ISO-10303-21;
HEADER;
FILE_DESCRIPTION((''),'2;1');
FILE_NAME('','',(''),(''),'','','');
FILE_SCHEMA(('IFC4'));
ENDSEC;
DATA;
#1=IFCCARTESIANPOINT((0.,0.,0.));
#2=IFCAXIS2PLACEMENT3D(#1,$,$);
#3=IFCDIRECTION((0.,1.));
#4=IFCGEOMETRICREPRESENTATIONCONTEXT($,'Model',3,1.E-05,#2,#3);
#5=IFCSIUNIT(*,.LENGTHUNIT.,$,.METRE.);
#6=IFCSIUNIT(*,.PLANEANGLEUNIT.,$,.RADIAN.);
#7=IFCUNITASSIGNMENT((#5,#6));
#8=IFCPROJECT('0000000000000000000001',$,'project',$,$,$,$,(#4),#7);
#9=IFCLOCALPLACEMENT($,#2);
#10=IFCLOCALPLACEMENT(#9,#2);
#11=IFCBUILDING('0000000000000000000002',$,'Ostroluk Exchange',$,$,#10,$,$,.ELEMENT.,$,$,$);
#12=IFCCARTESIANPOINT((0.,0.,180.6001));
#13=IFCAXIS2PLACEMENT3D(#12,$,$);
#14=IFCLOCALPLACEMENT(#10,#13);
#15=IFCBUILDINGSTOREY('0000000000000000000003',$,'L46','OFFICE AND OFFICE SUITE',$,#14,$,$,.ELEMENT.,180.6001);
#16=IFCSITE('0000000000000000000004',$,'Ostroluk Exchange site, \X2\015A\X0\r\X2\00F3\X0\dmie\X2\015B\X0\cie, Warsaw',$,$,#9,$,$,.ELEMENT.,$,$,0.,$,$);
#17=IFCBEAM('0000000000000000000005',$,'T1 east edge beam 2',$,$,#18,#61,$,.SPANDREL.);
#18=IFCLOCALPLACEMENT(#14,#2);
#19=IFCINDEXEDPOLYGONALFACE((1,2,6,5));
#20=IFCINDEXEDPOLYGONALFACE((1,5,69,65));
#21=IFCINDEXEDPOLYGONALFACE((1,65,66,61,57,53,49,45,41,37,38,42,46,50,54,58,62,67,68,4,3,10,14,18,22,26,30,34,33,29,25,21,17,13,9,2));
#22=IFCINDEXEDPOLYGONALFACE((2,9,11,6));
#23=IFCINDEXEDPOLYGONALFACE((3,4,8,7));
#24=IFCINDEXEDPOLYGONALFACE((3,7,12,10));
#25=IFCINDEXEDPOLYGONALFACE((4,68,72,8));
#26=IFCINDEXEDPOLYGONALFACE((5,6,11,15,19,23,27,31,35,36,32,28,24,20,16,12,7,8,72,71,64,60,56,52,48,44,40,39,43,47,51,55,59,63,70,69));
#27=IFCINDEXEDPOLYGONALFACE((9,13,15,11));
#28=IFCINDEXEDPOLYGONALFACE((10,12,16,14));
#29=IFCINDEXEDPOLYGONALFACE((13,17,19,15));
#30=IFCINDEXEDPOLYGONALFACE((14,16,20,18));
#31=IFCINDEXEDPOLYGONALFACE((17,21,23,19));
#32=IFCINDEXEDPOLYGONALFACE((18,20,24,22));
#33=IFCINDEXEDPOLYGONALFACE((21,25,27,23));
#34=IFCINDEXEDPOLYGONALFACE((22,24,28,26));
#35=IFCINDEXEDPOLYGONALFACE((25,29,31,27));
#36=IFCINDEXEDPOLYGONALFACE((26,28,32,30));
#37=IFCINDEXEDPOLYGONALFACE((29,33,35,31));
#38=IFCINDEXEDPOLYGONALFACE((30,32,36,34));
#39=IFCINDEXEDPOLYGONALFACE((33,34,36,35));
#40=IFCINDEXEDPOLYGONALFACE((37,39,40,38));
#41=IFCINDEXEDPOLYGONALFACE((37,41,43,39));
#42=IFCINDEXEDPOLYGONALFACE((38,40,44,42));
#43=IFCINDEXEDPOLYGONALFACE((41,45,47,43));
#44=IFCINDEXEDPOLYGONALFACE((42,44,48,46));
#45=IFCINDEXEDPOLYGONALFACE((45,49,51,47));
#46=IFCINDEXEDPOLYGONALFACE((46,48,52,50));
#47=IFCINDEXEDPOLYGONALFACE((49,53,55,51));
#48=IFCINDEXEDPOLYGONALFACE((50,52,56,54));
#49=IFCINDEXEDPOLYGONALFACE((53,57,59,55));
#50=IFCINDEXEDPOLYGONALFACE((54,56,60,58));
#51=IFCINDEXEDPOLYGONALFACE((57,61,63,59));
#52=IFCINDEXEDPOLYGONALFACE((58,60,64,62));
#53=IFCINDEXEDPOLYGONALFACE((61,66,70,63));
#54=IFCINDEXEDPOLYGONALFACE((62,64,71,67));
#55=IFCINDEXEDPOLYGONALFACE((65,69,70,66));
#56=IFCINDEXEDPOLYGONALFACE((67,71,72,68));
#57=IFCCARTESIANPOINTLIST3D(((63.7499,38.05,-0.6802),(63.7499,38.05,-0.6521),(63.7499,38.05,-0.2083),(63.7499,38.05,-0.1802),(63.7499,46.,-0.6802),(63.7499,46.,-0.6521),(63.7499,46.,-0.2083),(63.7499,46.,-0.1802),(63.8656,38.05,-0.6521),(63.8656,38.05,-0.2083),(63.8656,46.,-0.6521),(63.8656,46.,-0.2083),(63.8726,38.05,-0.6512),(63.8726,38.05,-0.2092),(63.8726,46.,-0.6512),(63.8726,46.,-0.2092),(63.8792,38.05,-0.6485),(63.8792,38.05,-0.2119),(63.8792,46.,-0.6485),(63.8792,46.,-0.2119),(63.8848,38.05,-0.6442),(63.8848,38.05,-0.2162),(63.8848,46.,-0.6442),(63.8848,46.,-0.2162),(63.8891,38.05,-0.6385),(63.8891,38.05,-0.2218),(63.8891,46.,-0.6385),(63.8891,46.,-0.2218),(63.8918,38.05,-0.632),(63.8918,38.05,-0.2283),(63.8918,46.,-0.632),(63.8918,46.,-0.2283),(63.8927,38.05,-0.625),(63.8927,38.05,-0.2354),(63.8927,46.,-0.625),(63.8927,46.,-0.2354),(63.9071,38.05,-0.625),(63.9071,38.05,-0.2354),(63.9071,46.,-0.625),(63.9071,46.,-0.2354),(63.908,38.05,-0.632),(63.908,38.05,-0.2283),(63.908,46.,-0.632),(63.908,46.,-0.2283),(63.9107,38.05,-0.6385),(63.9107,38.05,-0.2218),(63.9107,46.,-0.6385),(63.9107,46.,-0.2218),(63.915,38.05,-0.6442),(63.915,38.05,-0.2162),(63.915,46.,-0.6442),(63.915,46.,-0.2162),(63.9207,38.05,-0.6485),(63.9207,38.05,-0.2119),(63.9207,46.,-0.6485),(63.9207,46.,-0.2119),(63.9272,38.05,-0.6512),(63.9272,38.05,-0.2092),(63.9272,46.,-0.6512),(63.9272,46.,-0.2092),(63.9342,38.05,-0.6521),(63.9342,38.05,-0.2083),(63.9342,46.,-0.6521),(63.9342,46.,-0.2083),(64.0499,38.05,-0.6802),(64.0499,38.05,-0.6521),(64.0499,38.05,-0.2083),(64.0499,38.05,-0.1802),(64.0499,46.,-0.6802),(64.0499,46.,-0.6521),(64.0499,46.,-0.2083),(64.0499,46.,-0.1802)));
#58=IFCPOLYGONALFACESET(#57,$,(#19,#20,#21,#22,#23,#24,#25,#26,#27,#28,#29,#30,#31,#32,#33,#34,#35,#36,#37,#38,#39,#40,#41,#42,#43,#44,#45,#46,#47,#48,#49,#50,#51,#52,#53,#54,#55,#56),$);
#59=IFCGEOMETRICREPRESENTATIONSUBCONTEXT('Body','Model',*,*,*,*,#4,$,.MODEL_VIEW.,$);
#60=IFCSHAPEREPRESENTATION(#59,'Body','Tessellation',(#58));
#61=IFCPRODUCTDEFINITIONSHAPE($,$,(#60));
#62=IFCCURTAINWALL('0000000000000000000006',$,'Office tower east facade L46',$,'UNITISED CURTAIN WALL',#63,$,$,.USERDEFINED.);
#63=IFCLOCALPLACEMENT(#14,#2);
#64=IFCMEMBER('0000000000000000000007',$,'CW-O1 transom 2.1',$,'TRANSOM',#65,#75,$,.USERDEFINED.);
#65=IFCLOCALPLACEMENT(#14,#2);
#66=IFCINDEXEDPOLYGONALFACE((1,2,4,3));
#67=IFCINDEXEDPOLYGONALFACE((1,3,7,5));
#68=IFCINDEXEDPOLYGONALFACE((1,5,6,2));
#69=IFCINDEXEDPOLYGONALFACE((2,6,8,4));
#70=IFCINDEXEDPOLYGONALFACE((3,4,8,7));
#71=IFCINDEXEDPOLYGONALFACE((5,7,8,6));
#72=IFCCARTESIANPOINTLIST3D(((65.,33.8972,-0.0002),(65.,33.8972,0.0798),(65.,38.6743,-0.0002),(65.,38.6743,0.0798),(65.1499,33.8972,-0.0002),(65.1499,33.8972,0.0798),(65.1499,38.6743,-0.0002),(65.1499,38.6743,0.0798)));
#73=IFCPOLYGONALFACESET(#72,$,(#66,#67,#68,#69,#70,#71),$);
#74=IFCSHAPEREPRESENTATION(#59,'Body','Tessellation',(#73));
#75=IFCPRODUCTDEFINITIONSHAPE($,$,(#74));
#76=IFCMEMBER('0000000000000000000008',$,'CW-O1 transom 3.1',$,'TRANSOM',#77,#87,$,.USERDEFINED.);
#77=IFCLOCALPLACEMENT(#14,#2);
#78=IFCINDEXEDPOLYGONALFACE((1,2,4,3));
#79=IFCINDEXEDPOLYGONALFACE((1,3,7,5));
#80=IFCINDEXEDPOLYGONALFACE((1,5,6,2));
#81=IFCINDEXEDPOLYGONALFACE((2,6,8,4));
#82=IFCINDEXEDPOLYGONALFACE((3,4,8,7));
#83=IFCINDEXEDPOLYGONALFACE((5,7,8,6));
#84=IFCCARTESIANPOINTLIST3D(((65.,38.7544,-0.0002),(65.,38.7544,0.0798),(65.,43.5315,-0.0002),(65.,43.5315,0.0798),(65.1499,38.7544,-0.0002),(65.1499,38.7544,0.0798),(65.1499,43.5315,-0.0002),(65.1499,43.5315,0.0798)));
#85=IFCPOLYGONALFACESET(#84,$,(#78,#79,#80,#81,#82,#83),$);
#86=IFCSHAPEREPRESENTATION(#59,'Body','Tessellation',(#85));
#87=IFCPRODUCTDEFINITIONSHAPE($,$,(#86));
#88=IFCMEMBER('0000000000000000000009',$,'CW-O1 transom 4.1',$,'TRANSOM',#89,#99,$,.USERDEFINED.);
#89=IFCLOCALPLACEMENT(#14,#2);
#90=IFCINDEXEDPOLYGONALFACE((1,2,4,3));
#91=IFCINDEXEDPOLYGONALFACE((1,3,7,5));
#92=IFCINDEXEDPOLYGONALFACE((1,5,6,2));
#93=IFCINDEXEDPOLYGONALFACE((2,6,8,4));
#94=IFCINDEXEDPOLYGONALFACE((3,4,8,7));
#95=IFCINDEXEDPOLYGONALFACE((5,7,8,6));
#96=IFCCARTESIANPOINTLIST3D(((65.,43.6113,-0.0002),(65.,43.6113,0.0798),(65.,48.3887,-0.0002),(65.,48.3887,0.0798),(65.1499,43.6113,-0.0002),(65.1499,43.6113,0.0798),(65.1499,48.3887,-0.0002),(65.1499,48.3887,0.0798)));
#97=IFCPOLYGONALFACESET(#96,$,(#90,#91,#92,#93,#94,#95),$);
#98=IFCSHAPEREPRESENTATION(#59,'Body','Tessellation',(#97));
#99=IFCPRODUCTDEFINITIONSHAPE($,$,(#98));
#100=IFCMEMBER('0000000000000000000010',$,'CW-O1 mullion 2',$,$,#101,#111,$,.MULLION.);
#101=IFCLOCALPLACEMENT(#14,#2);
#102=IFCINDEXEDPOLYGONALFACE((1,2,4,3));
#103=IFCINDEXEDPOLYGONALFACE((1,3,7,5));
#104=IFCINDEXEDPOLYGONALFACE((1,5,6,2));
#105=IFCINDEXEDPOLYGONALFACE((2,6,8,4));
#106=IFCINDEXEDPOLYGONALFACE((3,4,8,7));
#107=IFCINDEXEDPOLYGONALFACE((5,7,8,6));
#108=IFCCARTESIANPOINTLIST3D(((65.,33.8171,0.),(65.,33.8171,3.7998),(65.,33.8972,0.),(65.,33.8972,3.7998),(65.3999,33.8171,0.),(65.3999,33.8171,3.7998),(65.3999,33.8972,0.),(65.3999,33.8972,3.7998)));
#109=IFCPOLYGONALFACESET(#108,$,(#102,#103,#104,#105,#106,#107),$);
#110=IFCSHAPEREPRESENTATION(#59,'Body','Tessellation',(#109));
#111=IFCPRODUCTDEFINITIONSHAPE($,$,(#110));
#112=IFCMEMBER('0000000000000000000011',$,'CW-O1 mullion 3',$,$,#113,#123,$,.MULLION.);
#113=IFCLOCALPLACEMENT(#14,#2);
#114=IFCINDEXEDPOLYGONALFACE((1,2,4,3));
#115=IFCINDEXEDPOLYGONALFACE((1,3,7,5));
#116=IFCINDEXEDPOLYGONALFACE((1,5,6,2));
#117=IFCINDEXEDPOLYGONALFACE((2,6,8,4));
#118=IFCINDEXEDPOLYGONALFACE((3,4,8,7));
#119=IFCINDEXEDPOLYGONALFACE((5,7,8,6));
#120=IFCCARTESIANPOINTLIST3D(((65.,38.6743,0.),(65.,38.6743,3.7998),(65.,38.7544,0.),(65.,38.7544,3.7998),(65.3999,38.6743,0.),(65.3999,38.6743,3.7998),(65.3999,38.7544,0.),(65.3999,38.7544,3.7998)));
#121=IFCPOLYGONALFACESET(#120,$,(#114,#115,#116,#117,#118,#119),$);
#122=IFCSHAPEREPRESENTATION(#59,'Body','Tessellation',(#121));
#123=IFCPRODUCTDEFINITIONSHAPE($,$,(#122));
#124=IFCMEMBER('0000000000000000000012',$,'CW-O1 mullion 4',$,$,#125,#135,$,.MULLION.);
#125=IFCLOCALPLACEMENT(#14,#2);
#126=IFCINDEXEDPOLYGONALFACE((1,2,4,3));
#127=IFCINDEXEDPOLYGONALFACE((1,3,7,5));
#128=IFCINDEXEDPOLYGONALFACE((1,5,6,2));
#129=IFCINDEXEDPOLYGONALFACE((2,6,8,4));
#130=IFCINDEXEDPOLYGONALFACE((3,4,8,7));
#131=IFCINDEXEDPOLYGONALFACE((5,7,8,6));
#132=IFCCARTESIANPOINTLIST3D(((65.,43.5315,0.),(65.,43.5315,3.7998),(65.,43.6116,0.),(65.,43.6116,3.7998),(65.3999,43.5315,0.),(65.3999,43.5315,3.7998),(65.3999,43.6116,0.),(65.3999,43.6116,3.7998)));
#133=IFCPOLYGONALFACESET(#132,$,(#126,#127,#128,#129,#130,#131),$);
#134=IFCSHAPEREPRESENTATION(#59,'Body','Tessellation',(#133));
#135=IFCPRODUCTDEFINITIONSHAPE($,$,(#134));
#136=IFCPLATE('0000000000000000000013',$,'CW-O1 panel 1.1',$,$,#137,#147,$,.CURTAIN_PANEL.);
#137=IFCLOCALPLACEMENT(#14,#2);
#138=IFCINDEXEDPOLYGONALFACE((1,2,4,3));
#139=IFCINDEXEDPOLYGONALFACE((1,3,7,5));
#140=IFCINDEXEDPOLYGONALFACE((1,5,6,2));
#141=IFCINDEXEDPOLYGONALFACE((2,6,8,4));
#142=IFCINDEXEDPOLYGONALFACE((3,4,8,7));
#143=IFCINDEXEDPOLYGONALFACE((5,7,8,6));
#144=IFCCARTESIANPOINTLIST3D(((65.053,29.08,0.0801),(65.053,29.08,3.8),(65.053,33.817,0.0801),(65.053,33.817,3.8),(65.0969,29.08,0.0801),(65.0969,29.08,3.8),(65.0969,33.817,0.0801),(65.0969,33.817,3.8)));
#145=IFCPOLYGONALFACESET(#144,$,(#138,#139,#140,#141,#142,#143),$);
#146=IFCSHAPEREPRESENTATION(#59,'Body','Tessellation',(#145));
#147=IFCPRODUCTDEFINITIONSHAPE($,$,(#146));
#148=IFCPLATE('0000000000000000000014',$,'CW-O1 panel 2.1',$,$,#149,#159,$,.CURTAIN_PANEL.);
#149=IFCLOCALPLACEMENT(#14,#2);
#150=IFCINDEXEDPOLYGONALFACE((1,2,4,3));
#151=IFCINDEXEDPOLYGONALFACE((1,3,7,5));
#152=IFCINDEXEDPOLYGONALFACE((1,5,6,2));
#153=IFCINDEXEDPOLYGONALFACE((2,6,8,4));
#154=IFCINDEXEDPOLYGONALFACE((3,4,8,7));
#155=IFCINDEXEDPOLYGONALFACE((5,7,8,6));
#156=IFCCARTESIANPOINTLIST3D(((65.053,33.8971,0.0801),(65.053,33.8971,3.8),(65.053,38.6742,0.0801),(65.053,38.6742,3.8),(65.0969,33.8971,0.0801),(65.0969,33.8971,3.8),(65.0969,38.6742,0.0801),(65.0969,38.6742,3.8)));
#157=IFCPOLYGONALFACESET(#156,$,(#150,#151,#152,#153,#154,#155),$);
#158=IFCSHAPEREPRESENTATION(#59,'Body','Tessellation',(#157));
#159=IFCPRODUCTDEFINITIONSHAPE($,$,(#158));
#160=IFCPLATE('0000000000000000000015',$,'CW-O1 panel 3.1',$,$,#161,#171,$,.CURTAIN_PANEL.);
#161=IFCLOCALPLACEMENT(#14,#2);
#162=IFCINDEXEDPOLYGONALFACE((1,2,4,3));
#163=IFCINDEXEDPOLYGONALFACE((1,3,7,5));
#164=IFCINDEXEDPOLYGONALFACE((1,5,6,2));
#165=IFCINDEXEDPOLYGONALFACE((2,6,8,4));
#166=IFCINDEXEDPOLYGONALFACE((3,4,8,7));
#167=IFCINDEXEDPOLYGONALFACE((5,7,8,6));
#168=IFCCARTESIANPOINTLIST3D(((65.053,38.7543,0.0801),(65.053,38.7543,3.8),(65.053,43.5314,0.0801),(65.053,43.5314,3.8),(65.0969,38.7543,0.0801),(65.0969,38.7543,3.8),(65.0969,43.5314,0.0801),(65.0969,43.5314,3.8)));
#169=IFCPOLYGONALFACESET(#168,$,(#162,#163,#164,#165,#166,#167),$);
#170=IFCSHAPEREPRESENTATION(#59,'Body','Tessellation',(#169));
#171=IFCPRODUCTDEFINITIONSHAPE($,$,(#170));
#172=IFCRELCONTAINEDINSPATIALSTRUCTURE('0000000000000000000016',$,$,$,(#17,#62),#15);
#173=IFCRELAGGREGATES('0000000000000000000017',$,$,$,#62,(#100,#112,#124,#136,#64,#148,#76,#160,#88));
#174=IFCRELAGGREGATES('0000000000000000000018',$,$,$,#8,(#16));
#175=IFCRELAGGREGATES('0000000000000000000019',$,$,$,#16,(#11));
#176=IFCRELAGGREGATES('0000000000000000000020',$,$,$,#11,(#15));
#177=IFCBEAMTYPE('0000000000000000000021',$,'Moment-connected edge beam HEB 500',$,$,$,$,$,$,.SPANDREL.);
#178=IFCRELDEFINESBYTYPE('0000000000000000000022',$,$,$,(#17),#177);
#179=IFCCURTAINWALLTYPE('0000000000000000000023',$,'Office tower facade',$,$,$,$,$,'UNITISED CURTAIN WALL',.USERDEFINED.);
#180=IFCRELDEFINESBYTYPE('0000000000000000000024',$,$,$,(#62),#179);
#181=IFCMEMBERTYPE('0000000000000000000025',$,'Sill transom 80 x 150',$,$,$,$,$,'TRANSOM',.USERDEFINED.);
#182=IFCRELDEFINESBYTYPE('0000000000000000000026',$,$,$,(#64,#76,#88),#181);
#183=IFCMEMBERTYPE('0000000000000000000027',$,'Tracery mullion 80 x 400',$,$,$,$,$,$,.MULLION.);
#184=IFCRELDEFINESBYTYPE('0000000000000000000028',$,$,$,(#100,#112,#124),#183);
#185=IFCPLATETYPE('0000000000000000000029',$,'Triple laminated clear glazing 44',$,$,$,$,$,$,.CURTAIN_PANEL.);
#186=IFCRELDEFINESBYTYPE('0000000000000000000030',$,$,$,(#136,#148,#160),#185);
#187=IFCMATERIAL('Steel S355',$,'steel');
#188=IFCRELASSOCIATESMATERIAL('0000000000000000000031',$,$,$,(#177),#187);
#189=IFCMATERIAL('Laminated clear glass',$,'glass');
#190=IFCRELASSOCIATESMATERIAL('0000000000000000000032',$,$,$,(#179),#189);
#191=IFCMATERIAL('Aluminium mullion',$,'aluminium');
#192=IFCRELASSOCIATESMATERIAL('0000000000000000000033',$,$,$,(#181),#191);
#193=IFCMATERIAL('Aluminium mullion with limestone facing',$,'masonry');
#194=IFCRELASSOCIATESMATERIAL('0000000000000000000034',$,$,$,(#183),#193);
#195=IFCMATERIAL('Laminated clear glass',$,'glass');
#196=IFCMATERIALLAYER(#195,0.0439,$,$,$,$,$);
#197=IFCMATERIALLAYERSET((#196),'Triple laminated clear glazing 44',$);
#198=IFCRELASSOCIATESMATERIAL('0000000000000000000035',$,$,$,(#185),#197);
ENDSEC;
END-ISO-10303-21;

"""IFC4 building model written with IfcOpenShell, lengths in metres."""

from ifc_helpers import new_model, si_unit, direction, frame, origin, origin_2d, place, context, subcontext, project, spatial, rectangle, i_section, extrude, material, layer, layer_set, material_profile, profile_set, type_object, element, aggregate, save


model = new_model("IFC4")

# Units and contexts
model_context = context("Model", 3, precision=1e-05, world=origin(), true_north=direction((0.0, 1.0)))
body_context = subcontext(model_context, "Body", "Model", "MODEL_VIEW")
ifc_project = project(units=[si_unit("LENGTHUNIT", "METRE"), si_unit("PLANEANGLEUNIT", "RADIAN")], contexts=[model_context])

# Site, building, storey
site_placement = place(None, origin())
site = spatial("IfcSite", under=ifc_project, at=site_placement, Name="Ostroluk Exchange site, Śródmieście, Warsaw", CompositionType="ELEMENT", RefElevation=0.0)
building_placement = place(site_placement, origin())
building = spatial("IfcBuilding", under=site, at=building_placement, Name="Ostroluk Exchange", CompositionType="ELEMENT")
storey_placement = place(building_placement, frame((0.0, 0.0, 180.6001)))
storey = spatial("IfcBuildingStorey", under=building, at=storey_placement, Name="L46", Description="OFFICE AND OFFICE SUITE", CompositionType="ELEMENT", Elevation=180.6001)

# Beam
ifc_material_1 = material(Name="Steel S355", Category="steel")
ifc_material_profile_1 = material_profile(ifc_material_1, i_section(OverallWidth=0.3, OverallDepth=0.5, WebThickness=0.0144, FlangeThickness=0.0281, FilletRadius=0.0271, at=origin_2d()), Name="HEB 500")
ifc_profile_set_1 = profile_set([ifc_material_profile_1], Name="Steel S355")
beam_type_1 = type_object("IfcBeamType", Name="Moment-connected edge beam HEB 500", PredefinedType="SPANDREL", material=ifc_profile_set_1)
beam_1_placement = place(storey_placement, frame((63.8999, 38.05, -0.4302), z_axis=(0.0, 1.0, 0.0), x_axis=(-1.0, 0.0, 0.0)))
element("IfcBeam", 1, at=beam_1_placement, inside=storey, type_object=beam_type_1, Name="T1 east edge beam 2", PredefinedType="SPANDREL", context=body_context, shape_type="SweptSolid", body=[
    extrude(i_section(OverallWidth=0.3, OverallDepth=0.5, WebThickness=0.0144, FlangeThickness=0.0281, FilletRadius=0.0271, at=origin_2d()), origin(), (0.0, 0.0, 1.0), 7.95),
])

# Curtain wall, members, plates
ifc_material_2 = material(Name="Laminated clear glass", Category="glass")
curtain_wall_type = type_object("IfcCurtainWallType", Name="Office tower facade", ElementType="UNITISED CURTAIN WALL", PredefinedType="USERDEFINED", material=ifc_material_2)
curtain_wall_placement = place(storey_placement, origin())
curtain_wall = element("IfcCurtainWall", 2, at=curtain_wall_placement, inside=storey, type_object=curtain_wall_type, Name="Office tower east facade L46", ObjectType="UNITISED CURTAIN WALL", PredefinedType="USERDEFINED")
ifc_material_3 = material(Name="Aluminium mullion", Category="aluminium")
ifc_material_profile_2 = material_profile(ifc_material_3, rectangle(XDim=0.1499, YDim=0.0801, at=origin_2d()), Name="Sill transom 80 x 150")
ifc_profile_set_2 = profile_set([ifc_material_profile_2], Name="Aluminium mullion")
member_type_1 = type_object("IfcMemberType", Name="Sill transom 80 x 150", ElementType="TRANSOM", PredefinedType="USERDEFINED", material=ifc_profile_set_2)
member_1_placement = place(storey_placement, frame((65.075, 33.8972, 0.0398), z_axis=(0.0, 1.0, 0.0), x_axis=(-1.0, 0.0, 0.0)))
member_1 = element("IfcMember", 3, at=member_1_placement, type_object=member_type_1, Name="CW-O1 transom 2.1", ObjectType="TRANSOM", PredefinedType="USERDEFINED", context=body_context, shape_type="SweptSolid", body=[
    extrude(rectangle(XDim=0.1499, YDim=0.0801, at=origin_2d()), origin(), (0.0, 0.0, 1.0), 4.7771),
])
member_2_placement = place(storey_placement, frame((65.075, 38.7544, 0.0398), z_axis=(0.0, 1.0, 0.0), x_axis=(-1.0, 0.0, 0.0)))
member_2 = element("IfcMember", 4, at=member_2_placement, type_object=member_type_1, Name="CW-O1 transom 3.1", ObjectType="TRANSOM", PredefinedType="USERDEFINED", context=body_context, shape_type="SweptSolid", body=[
    extrude(rectangle(XDim=0.1499, YDim=0.0801, at=origin_2d()), origin(), (0.0, 0.0, 1.0), 4.7771),
])
member_3_placement = place(storey_placement, frame((65.075, 43.6113, 0.0398), z_axis=(0.0, 1.0, 0.0), x_axis=(-1.0, 0.0, 0.0)))
member_3 = element("IfcMember", 5, at=member_3_placement, type_object=member_type_1, Name="CW-O1 transom 4.1", ObjectType="TRANSOM", PredefinedType="USERDEFINED", context=body_context, shape_type="SweptSolid", body=[
    extrude(rectangle(XDim=0.1499, YDim=0.0801, at=origin_2d()), origin(), (0.0, 0.0, 1.0), 4.7773),
])
ifc_material_4 = material(Name="Aluminium mullion with limestone facing", Category="masonry")
ifc_material_profile_3 = material_profile(ifc_material_4, rectangle(XDim=0.3999, YDim=0.0801, at=origin_2d()), Name="Tracery mullion 80 x 400")
ifc_profile_set_3 = profile_set([ifc_material_profile_3], Name="Aluminium mullion with limestone facing")
member_type_2 = type_object("IfcMemberType", Name="Tracery mullion 80 x 400", PredefinedType="MULLION", material=ifc_profile_set_3)
member_4_placement = place(storey_placement, frame((65.2, 33.8572, 0.0), z_axis=(0.0, 0.0, 1.0), x_axis=(-1.0, 0.0, 0.0)))
member_4 = element("IfcMember", 6, at=member_4_placement, type_object=member_type_2, Name="CW-O1 mullion 2", PredefinedType="MULLION", context=body_context, shape_type="SweptSolid", body=[
    extrude(rectangle(XDim=0.3999, YDim=0.0801, at=origin_2d()), origin(), (0.0, 0.0, 1.0), 3.7998),
])
member_5_placement = place(storey_placement, frame((65.2, 38.7144, 0.0), z_axis=(0.0, 0.0, 1.0), x_axis=(-1.0, 0.0, 0.0)))
member_5 = element("IfcMember", 7, at=member_5_placement, type_object=member_type_2, Name="CW-O1 mullion 3", PredefinedType="MULLION", context=body_context, shape_type="SweptSolid", body=[
    extrude(rectangle(XDim=0.3999, YDim=0.0801, at=origin_2d()), origin(), (0.0, 0.0, 1.0), 3.7998),
])
member_6_placement = place(storey_placement, frame((65.2, 43.5715, 0.0), z_axis=(0.0, 0.0, 1.0), x_axis=(-1.0, 0.0, 0.0)))
member_6 = element("IfcMember", 8, at=member_6_placement, type_object=member_type_2, Name="CW-O1 mullion 4", PredefinedType="MULLION", context=body_context, shape_type="SweptSolid", body=[
    extrude(rectangle(XDim=0.3999, YDim=0.0801, at=origin_2d()), origin(), (0.0, 0.0, 1.0), 3.7998),
])
ifc_material_5 = material(Name="Laminated clear glass", Category="glass")
ifc_layer_1 = layer(ifc_material_5, 0.0439)
ifc_layer_set_1 = layer_set([ifc_layer_1], Name="Triple laminated clear glazing 44")
plate_type = type_object("IfcPlateType", Name="Triple laminated clear glazing 44", PredefinedType="CURTAIN_PANEL", material=ifc_layer_set_1)
plate_1_placement = place(storey_placement, frame((65.075, 31.4485, 0.0801), z_axis=(0.0, 0.0, 1.0), x_axis=(0.0, 1.0, 0.0)))
plate_1 = element("IfcPlate", 9, at=plate_1_placement, type_object=plate_type, Name="CW-O1 panel 1.1", PredefinedType="CURTAIN_PANEL", context=body_context, shape_type="SweptSolid", body=[
    extrude(rectangle(XDim=4.7371, YDim=0.0439, at=origin_2d()), origin(), (0.0, 0.0, 1.0), 3.72),
])
plate_2_placement = place(storey_placement, frame((65.075, 36.2856, 0.0801), z_axis=(0.0, 0.0, 1.0), x_axis=(0.0, 1.0, 0.0)))
plate_2 = element("IfcPlate", 10, at=plate_2_placement, type_object=plate_type, Name="CW-O1 panel 2.1", PredefinedType="CURTAIN_PANEL", context=body_context, shape_type="SweptSolid", body=[
    extrude(rectangle(XDim=4.7771, YDim=0.0439, at=origin_2d()), origin(), (0.0, 0.0, 1.0), 3.72),
])
plate_3_placement = place(storey_placement, frame((65.075, 41.1428, 0.0801), z_axis=(0.0, 0.0, 1.0), x_axis=(0.0, 1.0, 0.0)))
plate_3 = element("IfcPlate", 11, at=plate_3_placement, type_object=plate_type, Name="CW-O1 panel 3.1", PredefinedType="CURTAIN_PANEL", context=body_context, shape_type="SweptSolid", body=[
    extrude(rectangle(XDim=4.7771, YDim=0.0439, at=origin_2d()), origin(), (0.0, 0.0, 1.0), 3.72),
])
aggregate(curtain_wall, [member_4, member_5, member_6, plate_1, member_1, plate_2, member_2, plate_3, member_3])

save(model, "model.ifc")
